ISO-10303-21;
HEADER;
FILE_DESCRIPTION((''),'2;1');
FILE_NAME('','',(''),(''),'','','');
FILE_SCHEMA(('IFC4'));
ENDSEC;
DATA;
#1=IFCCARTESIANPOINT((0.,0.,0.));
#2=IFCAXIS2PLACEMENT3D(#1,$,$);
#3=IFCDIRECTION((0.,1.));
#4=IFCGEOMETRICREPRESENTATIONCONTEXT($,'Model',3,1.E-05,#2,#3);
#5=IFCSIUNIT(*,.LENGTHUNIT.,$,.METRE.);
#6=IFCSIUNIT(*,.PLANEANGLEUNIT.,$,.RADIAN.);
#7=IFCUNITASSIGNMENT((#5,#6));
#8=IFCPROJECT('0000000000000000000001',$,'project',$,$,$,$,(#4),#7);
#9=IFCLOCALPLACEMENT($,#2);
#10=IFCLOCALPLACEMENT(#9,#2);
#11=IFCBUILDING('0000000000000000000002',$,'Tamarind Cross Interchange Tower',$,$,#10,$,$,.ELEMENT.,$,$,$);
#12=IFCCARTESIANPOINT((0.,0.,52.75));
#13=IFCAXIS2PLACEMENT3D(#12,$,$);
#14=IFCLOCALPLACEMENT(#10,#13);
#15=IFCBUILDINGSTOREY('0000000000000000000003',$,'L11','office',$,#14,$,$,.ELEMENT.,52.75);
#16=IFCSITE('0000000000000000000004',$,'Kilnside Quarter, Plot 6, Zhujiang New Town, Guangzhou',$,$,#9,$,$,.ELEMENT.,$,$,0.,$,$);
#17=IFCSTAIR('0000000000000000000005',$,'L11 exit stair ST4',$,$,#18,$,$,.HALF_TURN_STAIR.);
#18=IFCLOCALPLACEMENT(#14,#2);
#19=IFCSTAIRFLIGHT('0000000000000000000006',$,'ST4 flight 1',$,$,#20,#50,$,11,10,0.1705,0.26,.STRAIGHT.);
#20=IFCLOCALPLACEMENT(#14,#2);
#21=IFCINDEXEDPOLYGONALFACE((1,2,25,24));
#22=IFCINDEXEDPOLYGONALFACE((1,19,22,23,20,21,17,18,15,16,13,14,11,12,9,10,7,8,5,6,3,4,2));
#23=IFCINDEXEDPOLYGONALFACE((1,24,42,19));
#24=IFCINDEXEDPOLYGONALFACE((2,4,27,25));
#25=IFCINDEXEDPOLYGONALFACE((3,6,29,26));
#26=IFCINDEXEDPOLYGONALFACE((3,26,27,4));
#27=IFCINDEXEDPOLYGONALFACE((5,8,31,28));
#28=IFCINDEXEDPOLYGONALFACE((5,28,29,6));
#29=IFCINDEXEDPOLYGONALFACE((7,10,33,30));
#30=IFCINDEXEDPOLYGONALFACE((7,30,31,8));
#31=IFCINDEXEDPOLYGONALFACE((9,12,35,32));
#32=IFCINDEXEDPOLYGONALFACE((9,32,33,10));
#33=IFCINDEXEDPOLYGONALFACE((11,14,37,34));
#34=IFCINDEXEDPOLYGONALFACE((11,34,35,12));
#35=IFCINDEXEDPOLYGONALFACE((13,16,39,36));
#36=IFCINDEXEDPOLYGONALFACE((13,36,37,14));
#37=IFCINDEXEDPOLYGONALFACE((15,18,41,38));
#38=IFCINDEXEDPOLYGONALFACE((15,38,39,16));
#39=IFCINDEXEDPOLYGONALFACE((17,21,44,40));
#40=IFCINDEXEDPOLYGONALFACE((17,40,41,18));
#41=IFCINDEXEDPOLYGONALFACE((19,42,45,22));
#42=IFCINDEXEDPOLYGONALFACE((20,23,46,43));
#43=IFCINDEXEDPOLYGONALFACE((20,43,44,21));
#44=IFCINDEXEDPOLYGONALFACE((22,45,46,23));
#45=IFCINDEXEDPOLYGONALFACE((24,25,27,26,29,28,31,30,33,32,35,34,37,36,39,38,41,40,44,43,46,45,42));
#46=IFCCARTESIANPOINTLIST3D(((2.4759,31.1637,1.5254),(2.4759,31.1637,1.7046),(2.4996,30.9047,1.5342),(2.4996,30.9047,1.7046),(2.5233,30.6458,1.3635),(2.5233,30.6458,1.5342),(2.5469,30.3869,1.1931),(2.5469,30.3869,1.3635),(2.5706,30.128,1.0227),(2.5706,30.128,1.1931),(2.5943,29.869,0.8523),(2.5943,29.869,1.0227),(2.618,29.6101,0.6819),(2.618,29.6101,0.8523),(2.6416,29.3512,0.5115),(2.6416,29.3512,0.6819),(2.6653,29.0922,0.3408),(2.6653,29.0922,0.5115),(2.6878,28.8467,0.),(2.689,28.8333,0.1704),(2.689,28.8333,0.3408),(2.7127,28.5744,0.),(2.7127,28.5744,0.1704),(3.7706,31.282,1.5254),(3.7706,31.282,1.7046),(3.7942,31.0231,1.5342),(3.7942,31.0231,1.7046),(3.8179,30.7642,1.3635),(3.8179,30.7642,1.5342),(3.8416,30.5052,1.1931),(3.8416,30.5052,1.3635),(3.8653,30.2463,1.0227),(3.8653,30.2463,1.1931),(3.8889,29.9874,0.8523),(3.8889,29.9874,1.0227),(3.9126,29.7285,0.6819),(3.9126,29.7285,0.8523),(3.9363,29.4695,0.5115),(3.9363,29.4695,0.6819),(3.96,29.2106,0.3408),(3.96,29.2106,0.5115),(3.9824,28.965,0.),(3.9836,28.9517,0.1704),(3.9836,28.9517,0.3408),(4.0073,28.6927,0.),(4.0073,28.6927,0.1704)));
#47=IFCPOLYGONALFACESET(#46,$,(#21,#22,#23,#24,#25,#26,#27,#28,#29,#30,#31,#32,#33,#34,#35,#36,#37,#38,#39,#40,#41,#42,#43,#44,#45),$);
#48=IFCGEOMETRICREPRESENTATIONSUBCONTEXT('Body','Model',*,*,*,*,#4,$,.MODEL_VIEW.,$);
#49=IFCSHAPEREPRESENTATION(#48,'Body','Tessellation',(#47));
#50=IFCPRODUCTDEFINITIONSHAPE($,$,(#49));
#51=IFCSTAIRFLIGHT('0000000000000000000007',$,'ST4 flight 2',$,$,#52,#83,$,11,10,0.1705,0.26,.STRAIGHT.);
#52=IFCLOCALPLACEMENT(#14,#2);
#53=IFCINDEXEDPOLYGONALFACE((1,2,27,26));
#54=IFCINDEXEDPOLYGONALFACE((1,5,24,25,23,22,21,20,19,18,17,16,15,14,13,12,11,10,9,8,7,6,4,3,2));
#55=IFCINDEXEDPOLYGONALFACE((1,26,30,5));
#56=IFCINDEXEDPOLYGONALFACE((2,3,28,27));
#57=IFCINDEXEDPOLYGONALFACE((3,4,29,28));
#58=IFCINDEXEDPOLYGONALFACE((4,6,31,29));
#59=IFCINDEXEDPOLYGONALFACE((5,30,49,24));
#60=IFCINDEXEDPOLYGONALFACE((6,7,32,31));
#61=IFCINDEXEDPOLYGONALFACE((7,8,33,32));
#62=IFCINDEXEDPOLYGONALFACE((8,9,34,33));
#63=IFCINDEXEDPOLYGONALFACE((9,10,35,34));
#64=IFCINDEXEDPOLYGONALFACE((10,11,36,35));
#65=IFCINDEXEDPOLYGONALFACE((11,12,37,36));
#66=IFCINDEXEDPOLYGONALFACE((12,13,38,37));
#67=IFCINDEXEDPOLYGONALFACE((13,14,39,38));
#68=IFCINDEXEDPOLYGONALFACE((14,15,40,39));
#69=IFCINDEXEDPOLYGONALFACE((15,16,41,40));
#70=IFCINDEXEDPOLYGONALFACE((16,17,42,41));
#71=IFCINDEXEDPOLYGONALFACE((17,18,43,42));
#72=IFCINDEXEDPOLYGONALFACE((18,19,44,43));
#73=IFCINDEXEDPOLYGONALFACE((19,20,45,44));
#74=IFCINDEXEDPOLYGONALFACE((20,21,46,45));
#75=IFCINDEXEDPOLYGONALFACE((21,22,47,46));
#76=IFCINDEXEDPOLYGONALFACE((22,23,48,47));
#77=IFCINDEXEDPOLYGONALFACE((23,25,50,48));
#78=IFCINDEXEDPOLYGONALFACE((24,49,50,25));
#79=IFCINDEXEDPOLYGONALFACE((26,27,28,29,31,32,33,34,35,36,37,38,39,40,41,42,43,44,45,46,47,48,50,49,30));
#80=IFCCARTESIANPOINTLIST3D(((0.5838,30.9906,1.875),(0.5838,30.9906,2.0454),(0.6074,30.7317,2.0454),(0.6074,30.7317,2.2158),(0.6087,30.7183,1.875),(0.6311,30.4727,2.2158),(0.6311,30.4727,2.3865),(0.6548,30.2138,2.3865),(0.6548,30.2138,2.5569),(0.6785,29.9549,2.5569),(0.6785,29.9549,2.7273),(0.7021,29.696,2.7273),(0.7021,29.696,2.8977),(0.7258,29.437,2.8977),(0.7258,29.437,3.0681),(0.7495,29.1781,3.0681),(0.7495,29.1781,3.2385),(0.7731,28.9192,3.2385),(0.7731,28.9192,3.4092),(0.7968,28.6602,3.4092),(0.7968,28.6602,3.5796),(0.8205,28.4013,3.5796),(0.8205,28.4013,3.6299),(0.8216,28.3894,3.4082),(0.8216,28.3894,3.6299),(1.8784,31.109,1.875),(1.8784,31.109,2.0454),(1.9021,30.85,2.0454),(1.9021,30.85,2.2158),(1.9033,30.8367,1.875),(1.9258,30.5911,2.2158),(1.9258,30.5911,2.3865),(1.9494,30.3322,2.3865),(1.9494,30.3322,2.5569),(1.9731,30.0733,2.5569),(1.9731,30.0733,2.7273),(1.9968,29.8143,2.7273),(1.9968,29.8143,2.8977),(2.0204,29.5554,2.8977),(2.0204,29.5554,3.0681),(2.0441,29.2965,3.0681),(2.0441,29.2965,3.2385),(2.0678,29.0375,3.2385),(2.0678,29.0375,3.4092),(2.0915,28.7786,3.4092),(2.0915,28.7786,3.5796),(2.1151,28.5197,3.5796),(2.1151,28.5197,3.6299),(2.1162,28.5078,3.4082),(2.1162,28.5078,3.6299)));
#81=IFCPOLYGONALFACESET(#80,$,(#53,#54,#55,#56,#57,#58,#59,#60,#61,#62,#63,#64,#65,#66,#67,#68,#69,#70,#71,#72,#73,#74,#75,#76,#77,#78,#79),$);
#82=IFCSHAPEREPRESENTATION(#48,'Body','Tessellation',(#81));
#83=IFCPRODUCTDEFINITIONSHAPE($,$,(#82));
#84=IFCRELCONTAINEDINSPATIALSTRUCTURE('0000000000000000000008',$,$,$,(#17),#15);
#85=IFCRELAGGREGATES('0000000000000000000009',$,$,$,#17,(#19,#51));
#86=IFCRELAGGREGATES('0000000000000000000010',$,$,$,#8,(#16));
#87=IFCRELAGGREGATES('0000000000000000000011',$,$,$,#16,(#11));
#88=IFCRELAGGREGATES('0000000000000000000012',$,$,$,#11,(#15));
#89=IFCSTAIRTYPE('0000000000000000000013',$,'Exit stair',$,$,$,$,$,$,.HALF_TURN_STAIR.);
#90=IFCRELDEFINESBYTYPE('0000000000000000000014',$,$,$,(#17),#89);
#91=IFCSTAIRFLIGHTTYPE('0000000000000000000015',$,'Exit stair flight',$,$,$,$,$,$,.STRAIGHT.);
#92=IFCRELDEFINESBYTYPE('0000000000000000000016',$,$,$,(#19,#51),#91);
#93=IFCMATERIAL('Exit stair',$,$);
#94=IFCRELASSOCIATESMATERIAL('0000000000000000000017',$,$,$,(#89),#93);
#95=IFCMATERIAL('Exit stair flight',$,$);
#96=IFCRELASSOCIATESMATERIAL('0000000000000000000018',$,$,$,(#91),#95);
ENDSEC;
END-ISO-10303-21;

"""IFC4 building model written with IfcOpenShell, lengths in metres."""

from ifc_helpers import new_model, si_unit, direction, frame, origin, place, context, subcontext, project, spatial, polyline, outline, extrude, material, type_object, element, aggregate, save


model = new_model("IFC4")

# Units and contexts
model_context = context("Model", 3, precision=1e-05, world=origin(), true_north=direction((0.0, 1.0)))
body_context = subcontext(model_context, "Body", "Model", "MODEL_VIEW")
ifc_project = project(units=[si_unit("LENGTHUNIT", "METRE"), si_unit("PLANEANGLEUNIT", "RADIAN")], contexts=[model_context])

# Site, building, storey
site_placement = place(None, origin())
site = spatial("IfcSite", under=ifc_project, at=site_placement, Name="Kilnside Quarter, Plot 6, Zhujiang New Town, Guangzhou", CompositionType="ELEMENT", RefElevation=0.0)
building_placement = place(site_placement, origin())
building = spatial("IfcBuilding", under=site, at=building_placement, Name="Tamarind Cross Interchange Tower", CompositionType="ELEMENT")
storey_placement = place(building_placement, frame((0.0, 0.0, 52.75)))
storey = spatial("IfcBuildingStorey", under=building, at=storey_placement, Name="L11", Description="office", CompositionType="ELEMENT", Elevation=52.75)

# Stair, stair flights
ifc_material_1 = material(Name="Exit stair")
stair_type = type_object("IfcStairType", Name="Exit stair", PredefinedType="HALF_TURN_STAIR", material=ifc_material_1)
stair_placement = place(storey_placement, origin())
stair = element("IfcStair", 1, at=stair_placement, inside=storey, type_object=stair_type, Name="L11 exit stair ST4", PredefinedType="HALF_TURN_STAIR")
ifc_material_2 = material(Name="Exit stair flight")
stair_flight_type = type_object("IfcStairFlightType", Name="Exit stair flight", PredefinedType="STRAIGHT", material=ifc_material_2)
stair_flight_1_placement = place(storey_placement, frame((3.3599, 28.6335, 0.0), z_axis=(0.0, 0.0, 1.0), x_axis=(-0.09105, 0.995846, 0.0)))
stair_flight_1 = element("IfcStairFlight", 2, at=stair_flight_1_placement, type_object=stair_flight_type, Name="ST4 flight 1", NumberOfRisers=11, NumberOfTreads=10, PredefinedType="STRAIGHT", RiserHeight=0.1705, TreadLength=0.26, context=body_context, shape_type="SweptSolid", body=[
    extrude(outline(polyline([(0.0, 0.0), (0.0, 0.1704), (0.26, 0.1704), (0.26, 0.3408), (0.52, 0.3408), (0.52, 0.5115), (0.78, 0.5115), (0.78, 0.6819), (1.04, 0.6819), (1.04, 0.8523), (1.3, 0.8523), (1.3, 1.0227), (1.5601, 1.0227), (1.5601, 1.1931), (1.8201, 1.1931), (1.8201, 1.3635), (2.0801, 1.3635), (2.0801, 1.5342), (2.3401, 1.5342), (2.3401, 1.7046), (2.6001, 1.7046), (2.6001, 1.875), (2.6001, 1.5254), (0.2734, 0.0), (0.0, 0.0)])), frame((0.0, 0.6499, 0.0), z_axis=(0.0, -1.0, 0.0), x_axis=(1.0, 0.0, 0.0)), (0.0, 0.0, 1.0), 1.3),
])
stair_flight_2_placement = place(storey_placement, frame((1.2312, 31.0498, 1.875), z_axis=(0.0, 0.0, 1.0), x_axis=(0.09105, -0.995846, 0.0)))
stair_flight_2 = element("IfcStairFlight", 3, at=stair_flight_2_placement, type_object=stair_flight_type, Name="ST4 flight 2", NumberOfRisers=11, NumberOfTreads=10, PredefinedType="STRAIGHT", RiserHeight=0.1705, TreadLength=0.26, context=body_context, shape_type="SweptSolid", body=[
    extrude(outline(polyline([(0.0, 0.0), (0.0, 0.1704), (0.26, 0.1704), (0.26, 0.3408), (0.52, 0.3408), (0.52, 0.5115), (0.78, 0.5115), (0.78, 0.6819), (1.04, 0.6819), (1.04, 0.8523), (1.3, 0.8523), (1.3, 1.0227), (1.5601, 1.0227), (1.5601, 1.1931), (1.8201, 1.1931), (1.8201, 1.3635), (2.0801, 1.3635), (2.0801, 1.5342), (2.3401, 1.5342), (2.3401, 1.7046), (2.6001, 1.7046), (2.6001, 1.7549), (2.6121, 1.7549), (2.6121, 1.5332), (0.2734, 0.0), (0.0, 0.0)])), frame((0.0, 0.6499, 0.0), z_axis=(0.0, -1.0, 0.0), x_axis=(1.0, 0.0, 0.0)), (0.0, 0.0, 1.0), 1.3),
])
aggregate(stair, [stair_flight_1, stair_flight_2])

save(model, "model.ifc")
